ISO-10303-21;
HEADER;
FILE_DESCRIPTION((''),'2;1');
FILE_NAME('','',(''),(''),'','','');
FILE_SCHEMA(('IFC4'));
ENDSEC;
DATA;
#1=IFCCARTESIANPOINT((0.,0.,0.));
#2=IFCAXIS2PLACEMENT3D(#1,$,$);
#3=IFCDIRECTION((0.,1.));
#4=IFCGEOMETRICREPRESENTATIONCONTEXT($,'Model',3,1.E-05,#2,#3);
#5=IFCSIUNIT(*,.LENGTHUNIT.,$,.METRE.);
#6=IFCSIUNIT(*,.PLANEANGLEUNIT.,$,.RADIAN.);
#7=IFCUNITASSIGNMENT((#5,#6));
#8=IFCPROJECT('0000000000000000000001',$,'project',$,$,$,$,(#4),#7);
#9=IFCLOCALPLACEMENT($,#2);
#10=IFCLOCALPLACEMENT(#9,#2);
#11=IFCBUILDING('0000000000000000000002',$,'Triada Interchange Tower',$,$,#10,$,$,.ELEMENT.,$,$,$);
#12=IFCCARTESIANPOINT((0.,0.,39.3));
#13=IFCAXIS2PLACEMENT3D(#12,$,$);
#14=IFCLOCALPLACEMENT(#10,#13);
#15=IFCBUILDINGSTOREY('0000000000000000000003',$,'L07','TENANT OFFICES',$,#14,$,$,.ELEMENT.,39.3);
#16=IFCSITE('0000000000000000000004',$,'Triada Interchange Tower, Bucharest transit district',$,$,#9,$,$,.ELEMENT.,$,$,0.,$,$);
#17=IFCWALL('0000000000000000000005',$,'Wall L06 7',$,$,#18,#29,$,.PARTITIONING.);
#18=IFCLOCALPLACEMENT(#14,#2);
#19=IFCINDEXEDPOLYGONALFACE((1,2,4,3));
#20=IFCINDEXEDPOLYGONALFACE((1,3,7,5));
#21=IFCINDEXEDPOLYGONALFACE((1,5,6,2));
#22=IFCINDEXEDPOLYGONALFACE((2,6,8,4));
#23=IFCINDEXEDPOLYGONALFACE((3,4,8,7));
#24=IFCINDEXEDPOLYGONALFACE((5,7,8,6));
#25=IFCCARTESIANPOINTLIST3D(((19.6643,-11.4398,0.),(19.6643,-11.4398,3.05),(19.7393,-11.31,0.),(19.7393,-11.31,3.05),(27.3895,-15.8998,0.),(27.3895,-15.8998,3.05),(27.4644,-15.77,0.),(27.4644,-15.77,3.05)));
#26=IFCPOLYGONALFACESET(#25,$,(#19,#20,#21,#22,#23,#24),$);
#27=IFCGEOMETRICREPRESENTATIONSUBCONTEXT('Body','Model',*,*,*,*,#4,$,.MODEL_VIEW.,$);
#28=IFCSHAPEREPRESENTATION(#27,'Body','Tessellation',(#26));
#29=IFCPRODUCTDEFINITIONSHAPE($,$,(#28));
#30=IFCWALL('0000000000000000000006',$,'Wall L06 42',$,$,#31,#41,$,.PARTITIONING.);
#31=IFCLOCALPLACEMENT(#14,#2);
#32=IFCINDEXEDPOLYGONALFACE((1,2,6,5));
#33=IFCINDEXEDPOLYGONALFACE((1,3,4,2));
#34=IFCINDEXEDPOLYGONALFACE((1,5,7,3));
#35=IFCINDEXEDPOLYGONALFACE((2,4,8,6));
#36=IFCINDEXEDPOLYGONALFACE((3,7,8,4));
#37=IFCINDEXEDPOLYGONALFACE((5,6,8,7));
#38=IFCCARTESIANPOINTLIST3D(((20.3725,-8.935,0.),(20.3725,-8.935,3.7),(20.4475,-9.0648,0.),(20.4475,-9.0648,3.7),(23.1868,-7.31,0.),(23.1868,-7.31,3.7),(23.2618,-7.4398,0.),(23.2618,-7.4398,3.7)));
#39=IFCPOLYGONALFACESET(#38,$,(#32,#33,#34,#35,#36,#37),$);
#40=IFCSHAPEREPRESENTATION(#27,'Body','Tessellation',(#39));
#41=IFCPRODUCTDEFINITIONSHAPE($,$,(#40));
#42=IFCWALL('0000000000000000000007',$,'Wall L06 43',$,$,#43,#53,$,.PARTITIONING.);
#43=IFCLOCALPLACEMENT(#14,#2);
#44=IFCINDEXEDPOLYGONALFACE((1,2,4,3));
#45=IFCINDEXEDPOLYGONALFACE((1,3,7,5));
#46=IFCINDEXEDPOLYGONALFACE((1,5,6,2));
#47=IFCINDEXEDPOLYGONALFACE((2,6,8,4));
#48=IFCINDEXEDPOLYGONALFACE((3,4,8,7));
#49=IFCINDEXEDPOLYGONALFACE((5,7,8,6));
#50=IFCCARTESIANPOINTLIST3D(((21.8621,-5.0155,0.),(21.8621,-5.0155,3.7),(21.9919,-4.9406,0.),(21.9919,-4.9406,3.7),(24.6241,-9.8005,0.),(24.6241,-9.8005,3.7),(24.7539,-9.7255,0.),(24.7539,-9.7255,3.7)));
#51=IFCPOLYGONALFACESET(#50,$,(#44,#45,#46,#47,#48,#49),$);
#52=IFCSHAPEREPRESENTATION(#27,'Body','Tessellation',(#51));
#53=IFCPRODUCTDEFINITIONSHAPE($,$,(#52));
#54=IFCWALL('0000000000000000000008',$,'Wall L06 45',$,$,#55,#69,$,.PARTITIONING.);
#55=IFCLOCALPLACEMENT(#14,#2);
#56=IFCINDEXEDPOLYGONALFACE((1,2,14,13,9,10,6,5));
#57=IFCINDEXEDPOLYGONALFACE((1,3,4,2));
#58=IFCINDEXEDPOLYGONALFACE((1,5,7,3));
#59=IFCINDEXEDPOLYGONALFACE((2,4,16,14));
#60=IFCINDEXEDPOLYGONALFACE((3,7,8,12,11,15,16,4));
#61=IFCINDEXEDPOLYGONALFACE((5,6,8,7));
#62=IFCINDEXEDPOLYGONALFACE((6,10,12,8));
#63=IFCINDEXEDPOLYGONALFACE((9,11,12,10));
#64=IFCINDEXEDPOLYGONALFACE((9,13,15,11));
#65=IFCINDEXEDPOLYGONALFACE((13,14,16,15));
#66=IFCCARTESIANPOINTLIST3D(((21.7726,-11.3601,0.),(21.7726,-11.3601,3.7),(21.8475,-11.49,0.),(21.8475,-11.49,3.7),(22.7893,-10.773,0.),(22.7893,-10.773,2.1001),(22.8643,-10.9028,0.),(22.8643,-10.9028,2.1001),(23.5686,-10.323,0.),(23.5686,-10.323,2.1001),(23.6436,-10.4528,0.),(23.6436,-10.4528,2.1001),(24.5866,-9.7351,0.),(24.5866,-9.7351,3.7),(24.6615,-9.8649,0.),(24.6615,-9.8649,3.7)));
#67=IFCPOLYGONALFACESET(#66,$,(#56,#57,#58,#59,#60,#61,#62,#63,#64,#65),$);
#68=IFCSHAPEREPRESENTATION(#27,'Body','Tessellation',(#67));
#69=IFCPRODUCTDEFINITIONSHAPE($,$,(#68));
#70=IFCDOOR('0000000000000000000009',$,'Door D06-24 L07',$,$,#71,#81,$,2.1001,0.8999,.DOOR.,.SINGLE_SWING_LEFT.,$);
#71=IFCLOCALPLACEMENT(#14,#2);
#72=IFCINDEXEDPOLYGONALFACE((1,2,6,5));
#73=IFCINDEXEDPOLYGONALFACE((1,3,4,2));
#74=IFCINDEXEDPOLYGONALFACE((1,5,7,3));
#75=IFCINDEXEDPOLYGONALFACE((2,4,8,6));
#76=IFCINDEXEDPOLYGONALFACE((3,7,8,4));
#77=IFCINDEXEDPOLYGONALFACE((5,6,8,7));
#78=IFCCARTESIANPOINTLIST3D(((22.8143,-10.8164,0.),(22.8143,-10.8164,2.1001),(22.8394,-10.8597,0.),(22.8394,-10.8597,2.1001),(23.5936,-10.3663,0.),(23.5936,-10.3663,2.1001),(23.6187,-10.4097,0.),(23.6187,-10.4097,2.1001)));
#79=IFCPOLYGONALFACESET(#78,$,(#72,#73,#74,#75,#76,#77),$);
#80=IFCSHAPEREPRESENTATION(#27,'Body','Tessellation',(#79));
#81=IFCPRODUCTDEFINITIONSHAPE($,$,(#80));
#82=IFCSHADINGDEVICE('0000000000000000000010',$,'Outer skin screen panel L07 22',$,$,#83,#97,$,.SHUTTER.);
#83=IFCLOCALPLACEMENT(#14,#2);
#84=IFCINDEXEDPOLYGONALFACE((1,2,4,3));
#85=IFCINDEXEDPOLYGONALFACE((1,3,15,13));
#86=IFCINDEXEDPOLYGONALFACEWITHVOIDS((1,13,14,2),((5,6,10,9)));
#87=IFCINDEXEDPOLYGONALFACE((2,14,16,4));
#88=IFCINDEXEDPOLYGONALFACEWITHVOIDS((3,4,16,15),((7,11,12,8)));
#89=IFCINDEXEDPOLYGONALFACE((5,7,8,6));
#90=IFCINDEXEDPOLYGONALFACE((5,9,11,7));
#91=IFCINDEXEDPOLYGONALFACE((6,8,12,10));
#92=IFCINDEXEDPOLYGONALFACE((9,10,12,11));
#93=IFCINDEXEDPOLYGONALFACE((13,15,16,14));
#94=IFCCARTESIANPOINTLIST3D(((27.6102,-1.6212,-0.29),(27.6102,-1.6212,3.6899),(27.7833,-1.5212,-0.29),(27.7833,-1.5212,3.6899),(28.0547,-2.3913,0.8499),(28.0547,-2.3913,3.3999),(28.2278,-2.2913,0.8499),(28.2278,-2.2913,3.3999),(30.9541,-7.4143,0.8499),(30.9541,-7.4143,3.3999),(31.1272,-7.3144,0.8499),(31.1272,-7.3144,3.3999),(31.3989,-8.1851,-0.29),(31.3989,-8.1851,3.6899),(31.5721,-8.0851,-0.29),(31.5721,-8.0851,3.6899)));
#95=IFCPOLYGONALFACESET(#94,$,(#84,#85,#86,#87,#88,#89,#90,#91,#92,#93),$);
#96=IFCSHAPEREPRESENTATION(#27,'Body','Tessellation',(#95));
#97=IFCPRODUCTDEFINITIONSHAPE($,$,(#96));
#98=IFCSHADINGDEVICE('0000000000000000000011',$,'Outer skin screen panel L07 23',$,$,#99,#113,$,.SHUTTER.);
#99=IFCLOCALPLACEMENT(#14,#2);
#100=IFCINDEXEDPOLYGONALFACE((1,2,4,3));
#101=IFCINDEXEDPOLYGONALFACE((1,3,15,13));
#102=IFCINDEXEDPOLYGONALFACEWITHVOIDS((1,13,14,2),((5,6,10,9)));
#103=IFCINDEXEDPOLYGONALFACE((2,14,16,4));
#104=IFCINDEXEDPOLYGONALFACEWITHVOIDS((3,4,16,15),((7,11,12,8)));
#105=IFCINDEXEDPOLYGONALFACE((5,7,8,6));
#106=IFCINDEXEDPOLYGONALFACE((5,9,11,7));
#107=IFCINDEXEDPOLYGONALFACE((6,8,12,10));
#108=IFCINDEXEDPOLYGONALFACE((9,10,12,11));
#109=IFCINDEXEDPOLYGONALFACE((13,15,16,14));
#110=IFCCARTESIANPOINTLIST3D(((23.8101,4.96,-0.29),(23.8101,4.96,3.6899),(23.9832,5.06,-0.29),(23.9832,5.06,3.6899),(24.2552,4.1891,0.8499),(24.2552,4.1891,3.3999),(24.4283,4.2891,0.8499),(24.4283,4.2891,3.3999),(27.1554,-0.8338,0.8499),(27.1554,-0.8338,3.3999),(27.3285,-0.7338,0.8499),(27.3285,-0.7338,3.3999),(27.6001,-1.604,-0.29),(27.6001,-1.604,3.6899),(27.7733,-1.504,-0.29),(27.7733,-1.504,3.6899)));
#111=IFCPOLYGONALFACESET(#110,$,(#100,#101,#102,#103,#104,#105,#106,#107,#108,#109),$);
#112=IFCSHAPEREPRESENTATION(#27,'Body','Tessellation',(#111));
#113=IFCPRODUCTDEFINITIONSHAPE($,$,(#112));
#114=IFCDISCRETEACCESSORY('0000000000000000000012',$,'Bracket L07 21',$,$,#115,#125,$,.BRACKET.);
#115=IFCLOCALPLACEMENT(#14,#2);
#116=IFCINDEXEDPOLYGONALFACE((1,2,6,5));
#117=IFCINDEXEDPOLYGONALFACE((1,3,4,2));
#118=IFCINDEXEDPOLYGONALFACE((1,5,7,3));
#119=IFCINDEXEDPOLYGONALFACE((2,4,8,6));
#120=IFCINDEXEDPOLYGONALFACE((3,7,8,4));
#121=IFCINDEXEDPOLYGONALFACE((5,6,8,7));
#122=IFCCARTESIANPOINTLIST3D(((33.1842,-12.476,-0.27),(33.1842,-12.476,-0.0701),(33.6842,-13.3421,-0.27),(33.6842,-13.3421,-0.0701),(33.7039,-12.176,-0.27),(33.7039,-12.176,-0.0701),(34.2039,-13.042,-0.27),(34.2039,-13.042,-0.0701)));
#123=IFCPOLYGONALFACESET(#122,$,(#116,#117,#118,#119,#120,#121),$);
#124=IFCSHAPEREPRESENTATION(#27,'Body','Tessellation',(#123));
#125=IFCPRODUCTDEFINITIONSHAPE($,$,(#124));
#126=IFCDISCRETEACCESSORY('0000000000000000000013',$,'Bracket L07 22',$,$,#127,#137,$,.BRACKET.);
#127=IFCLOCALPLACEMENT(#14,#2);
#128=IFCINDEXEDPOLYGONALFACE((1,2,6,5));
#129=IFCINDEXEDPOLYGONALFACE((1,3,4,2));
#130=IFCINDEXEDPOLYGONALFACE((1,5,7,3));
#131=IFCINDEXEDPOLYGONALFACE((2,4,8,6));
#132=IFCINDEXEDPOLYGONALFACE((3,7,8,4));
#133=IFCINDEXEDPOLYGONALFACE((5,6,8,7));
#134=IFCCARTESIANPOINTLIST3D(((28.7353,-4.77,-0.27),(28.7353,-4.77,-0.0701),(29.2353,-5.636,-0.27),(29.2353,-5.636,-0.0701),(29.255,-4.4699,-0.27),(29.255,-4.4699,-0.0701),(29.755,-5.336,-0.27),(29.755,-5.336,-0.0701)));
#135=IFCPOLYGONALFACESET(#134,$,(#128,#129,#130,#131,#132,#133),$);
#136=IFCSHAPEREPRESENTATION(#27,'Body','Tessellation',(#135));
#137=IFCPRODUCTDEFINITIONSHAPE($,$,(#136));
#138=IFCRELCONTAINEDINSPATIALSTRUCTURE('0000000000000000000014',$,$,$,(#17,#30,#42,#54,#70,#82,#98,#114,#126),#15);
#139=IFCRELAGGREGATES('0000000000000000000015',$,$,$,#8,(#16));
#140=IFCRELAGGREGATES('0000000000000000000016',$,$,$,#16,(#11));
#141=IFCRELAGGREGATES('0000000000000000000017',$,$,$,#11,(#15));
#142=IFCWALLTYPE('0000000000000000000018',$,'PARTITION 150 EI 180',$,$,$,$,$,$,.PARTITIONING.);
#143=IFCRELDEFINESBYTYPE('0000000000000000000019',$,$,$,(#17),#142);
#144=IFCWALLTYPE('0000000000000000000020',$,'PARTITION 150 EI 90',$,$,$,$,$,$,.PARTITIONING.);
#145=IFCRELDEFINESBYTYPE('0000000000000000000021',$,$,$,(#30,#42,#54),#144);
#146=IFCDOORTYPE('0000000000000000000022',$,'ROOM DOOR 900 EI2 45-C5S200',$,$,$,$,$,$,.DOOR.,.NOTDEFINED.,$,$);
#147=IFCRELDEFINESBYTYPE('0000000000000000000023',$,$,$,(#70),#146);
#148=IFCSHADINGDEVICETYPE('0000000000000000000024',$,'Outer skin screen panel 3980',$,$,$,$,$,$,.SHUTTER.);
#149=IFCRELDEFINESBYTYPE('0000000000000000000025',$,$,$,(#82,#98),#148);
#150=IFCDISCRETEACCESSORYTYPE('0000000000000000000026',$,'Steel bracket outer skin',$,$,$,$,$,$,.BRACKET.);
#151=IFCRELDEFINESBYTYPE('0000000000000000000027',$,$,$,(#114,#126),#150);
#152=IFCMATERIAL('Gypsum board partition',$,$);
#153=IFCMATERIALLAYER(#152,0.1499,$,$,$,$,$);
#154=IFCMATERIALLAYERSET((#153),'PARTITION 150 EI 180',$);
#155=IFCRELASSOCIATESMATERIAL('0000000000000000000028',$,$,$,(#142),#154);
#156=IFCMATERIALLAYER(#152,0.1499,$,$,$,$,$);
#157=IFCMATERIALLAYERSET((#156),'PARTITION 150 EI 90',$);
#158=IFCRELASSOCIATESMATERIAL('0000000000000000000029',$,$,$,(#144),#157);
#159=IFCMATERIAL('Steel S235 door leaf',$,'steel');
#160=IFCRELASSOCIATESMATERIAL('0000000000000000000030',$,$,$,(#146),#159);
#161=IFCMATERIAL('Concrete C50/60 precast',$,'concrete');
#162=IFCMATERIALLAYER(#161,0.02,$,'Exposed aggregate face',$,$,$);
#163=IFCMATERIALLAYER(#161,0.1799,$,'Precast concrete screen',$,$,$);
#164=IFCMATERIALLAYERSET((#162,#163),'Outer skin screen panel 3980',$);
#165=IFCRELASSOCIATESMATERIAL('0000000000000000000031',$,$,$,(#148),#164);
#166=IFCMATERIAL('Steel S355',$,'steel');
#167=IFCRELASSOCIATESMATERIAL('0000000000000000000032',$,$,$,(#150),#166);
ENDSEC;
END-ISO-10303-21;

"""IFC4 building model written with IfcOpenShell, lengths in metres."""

from ifc_helpers import new_model, si_unit, direction, frame, frame_2d, origin, origin_2d, place, context, subcontext, project, spatial, polyline, rectangle, outline, extrude, material, layer, layer_set, type_object, element, fill, save


model = new_model("IFC4")

# Units and contexts
model_context = context("Model", 3, precision=1e-05, world=origin(), true_north=direction((0.0, 1.0)))
body_context = subcontext(model_context, "Body", "Model", "MODEL_VIEW")
ifc_project = project(units=[si_unit("LENGTHUNIT", "METRE"), si_unit("PLANEANGLEUNIT", "RADIAN")], contexts=[model_context])

# Site, building, storey
site_placement = place(None, origin())
site = spatial("IfcSite", under=ifc_project, at=site_placement, Name="Triada Interchange Tower, Bucharest transit district", CompositionType="ELEMENT", RefElevation=0.0)
building_placement = place(site_placement, origin())
building = spatial("IfcBuilding", under=site, at=building_placement, Name="Triada Interchange Tower", CompositionType="ELEMENT")
storey_placement = place(building_placement, frame((0.0, 0.0, 39.3)))
storey = spatial("IfcBuildingStorey", under=building, at=storey_placement, Name="L07", Description="TENANT OFFICES", CompositionType="ELEMENT", Elevation=39.3)

# Walls
ifc_material_1 = material(Name="Gypsum board partition")
ifc_layer_1 = layer(ifc_material_1, 0.1499)
ifc_layer_set_1 = layer_set([ifc_layer_1], Name="PARTITION 150 EI 180")
wall_type_1 = type_object("IfcWallType", Name="PARTITION 150 EI 180", PredefinedType="PARTITIONING", material=ifc_layer_set_1)
wall_1_placement = place(storey_placement, frame((19.7019, -11.375, 0.0), z_axis=(0.0, 0.0, 1.0), x_axis=(0.866032, -0.499989, 0.0)))
element("IfcWall", 1, at=wall_1_placement, inside=storey, type_object=wall_type_1, Name="Wall L06 7", PredefinedType="PARTITIONING", context=body_context, shape_type="SweptSolid", body=[
    extrude(rectangle(XDim=8.9202, YDim=0.1499, at=frame_2d((4.46, 0.0))), origin(), (0.0, 0.0, 1.0), 3.05),
])
ifc_layer_2 = layer(ifc_material_1, 0.1499)
ifc_layer_set_2 = layer_set([ifc_layer_2], Name="PARTITION 150 EI 90")
wall_type_2 = type_object("IfcWallType", Name="PARTITION 150 EI 90", PredefinedType="PARTITIONING", material=ifc_layer_set_2)
wall_2_placement = place(storey_placement, frame((20.4099, -9.0, 0.0), z_axis=(0.0, 0.0, 1.0), x_axis=(0.865997, 0.50005, 0.0)))
element("IfcWall", 2, at=wall_2_placement, inside=storey, type_object=wall_type_2, Name="Wall L06 42", PredefinedType="PARTITIONING", context=body_context, shape_type="SweptSolid", body=[
    extrude(rectangle(XDim=3.2498, YDim=0.1499, at=frame_2d((1.625, 0.0))), origin(), (0.0, 0.0, 1.0), 3.7),
])
wall_3_placement = place(storey_placement, frame((21.927, -4.978, 0.0), z_axis=(0.0, 0.0, 1.0), x_axis=(0.499918, -0.866073, 0.0)))
element("IfcWall", 3, at=wall_3_placement, inside=storey, type_object=wall_type_2, Name="Wall L06 43", PredefinedType="PARTITIONING", context=body_context, shape_type="SweptSolid", body=[
    extrude(rectangle(XDim=5.5249, YDim=0.1499, at=frame_2d((2.7625, 0.0))), origin(), (0.0, 0.0, 1.0), 3.7),
])

# Wall, opening, door
wall_4_placement = place(storey_placement, frame((21.8101, -11.425, 0.0), z_axis=(0.0, 0.0, 1.0), x_axis=(0.865978, 0.500082, 0.0)))
wall_4 = element("IfcWall", 4, at=wall_4_placement, inside=storey, type_object=wall_type_2, Name="Wall L06 45", PredefinedType="PARTITIONING", context=body_context, shape_type="SweptSolid", body=[
    extrude(rectangle(XDim=3.2495, YDim=0.1499, at=frame_2d((1.6248, 0.0))), origin(), (0.0, 0.0, 1.0), 3.7),
])
opening_placement = place(wall_4_placement, frame((1.1741, 0.0, 0.0)))
opening = element("IfcOpeningElement", 5, at=opening_placement, cuts=wall_4, PredefinedType="OPENING", context=body_context, shape_type="SweptSolid", body=[
    extrude(rectangle(XDim=0.8999, YDim=2.1001, at=frame_2d((0.45, 1.05))), frame((0.0, 0.085, 0.0), z_axis=(0.0, -1.0, 0.0), x_axis=(1.0, 0.0, 0.0)), (0.0, 0.0, 1.0), 0.1699),
])
ifc_material_2 = material(Name="Steel S235 door leaf", Category="steel")
door_type = type_object("IfcDoorType", Name="ROOM DOOR 900 EI2 45-C5S200", OperationType="NOTDEFINED", PredefinedType="DOOR", material=ifc_material_2)
door_placement = place(opening_placement, origin())
door = element("IfcDoor", 6, at=door_placement, inside=storey, type_object=door_type, Name="Door D06-24 L07", OperationType="SINGLE_SWING_LEFT", OverallHeight=2.1001, OverallWidth=0.8999, PredefinedType="DOOR", context=body_context, shape_type="SweptSolid", body=[
    extrude(rectangle(XDim=0.8999, YDim=2.1001, at=frame_2d((0.45, 1.05))), frame((0.0, 0.0249, 0.0), z_axis=(0.0, -1.0, 0.0), x_axis=(1.0, 0.0, 0.0)), (0.0, 0.0, 1.0), 0.05),
])
fill(opening, door)

# Shading devices
ifc_material_3 = material(Name="Concrete C50/60 precast", Category="concrete")
ifc_layer_3 = layer(ifc_material_3, 0.02, Name="Exposed aggregate face")
ifc_layer_4 = layer(ifc_material_3, 0.1799, Name="Precast concrete screen")
ifc_layer_set_3 = layer_set([ifc_layer_3, ifc_layer_4], Name="Outer skin screen panel 3980")
shading_device_type = type_object("IfcShadingDeviceType", Name="Outer skin screen panel 3980", PredefinedType="SHUTTER", material=ifc_layer_set_3)
shading_device_1_placement = place(storey_placement, frame((31.3989, -8.1851, -0.29), z_axis=(0.0, 0.0, 1.0), x_axis=(-0.499912, 0.866076, 0.0)))
element("IfcShadingDevice", 7, at=shading_device_1_placement, inside=storey, type_object=shading_device_type, Name="Outer skin screen panel L07 22", PredefinedType="SHUTTER", context=body_context, shape_type="SweptSolid", body=[
    extrude(outline(polyline([(0.0, 0.0), (7.5789, 0.0), (7.5789, 3.98), (0.0, 3.98), (0.0, 0.0)]), holes=[polyline([(0.8899, 1.1399), (0.8899, 3.6899), (6.6897, 3.6899), (6.6897, 1.1399), (0.8899, 1.1399)])]), frame((0.0, 0.0, 0.0), z_axis=(0.0, -1.0, 0.0), x_axis=(1.0, 0.0, 0.0)), (0.0, 0.0, 1.0), 0.2),
])
shading_device_2_placement = place(storey_placement, frame((27.6001, -1.604, -0.29), z_axis=(0.0, 0.0, 1.0), x_axis=(-0.500033, 0.866006, 0.0)))
element("IfcShadingDevice", 8, at=shading_device_2_placement, inside=storey, type_object=shading_device_type, Name="Outer skin screen panel L07 23", PredefinedType="SHUTTER", context=body_context, shape_type="SweptSolid", body=[
    extrude(outline(polyline([(0.0, 0.0), (7.5796, 0.0), (7.5796, 3.98), (0.0, 3.98), (0.0, 0.0)]), holes=[polyline([(0.8894, 1.1399), (0.8894, 3.6899), (6.6895, 3.6899), (6.6895, 1.1399), (0.8894, 1.1399)])]), frame((0.0, 0.0, 0.0), z_axis=(0.0, -1.0, 0.0), x_axis=(1.0, 0.0, 0.0)), (0.0, 0.0, 1.0), 0.2),
])

# Discrete accessories
ifc_material_4 = material(Name="Steel S355", Category="steel")
discrete_accessory_type = type_object("IfcDiscreteAccessoryType", Name="Steel bracket outer skin", PredefinedType="BRACKET", material=ifc_material_4)
for number, where, z_axis, x_axis, name in (
    (9, (33.6941, -12.759, -0.27), (0.0, 0.0, 1.0), (0.866021, 0.500008, 0.0), "Bracket L07 21"),
    (10, (29.2451, -5.053, -0.27), (0.0, 0.0, 1.0), (0.866021, 0.500008, 0.0), "Bracket L07 22"),
):
    element("IfcDiscreteAccessory", number, at=place(storey_placement, frame(where, z_axis=z_axis, x_axis=x_axis)), inside=storey, type_object=discrete_accessory_type, Name=name, PredefinedType="BRACKET", context=body_context, shape_type="SweptSolid", body=[
        extrude(rectangle(XDim=0.6001, YDim=1.0, at=origin_2d()), origin(), (0.0, 0.0, 1.0), 0.2),
    ])

save(model, "model.ifc")
